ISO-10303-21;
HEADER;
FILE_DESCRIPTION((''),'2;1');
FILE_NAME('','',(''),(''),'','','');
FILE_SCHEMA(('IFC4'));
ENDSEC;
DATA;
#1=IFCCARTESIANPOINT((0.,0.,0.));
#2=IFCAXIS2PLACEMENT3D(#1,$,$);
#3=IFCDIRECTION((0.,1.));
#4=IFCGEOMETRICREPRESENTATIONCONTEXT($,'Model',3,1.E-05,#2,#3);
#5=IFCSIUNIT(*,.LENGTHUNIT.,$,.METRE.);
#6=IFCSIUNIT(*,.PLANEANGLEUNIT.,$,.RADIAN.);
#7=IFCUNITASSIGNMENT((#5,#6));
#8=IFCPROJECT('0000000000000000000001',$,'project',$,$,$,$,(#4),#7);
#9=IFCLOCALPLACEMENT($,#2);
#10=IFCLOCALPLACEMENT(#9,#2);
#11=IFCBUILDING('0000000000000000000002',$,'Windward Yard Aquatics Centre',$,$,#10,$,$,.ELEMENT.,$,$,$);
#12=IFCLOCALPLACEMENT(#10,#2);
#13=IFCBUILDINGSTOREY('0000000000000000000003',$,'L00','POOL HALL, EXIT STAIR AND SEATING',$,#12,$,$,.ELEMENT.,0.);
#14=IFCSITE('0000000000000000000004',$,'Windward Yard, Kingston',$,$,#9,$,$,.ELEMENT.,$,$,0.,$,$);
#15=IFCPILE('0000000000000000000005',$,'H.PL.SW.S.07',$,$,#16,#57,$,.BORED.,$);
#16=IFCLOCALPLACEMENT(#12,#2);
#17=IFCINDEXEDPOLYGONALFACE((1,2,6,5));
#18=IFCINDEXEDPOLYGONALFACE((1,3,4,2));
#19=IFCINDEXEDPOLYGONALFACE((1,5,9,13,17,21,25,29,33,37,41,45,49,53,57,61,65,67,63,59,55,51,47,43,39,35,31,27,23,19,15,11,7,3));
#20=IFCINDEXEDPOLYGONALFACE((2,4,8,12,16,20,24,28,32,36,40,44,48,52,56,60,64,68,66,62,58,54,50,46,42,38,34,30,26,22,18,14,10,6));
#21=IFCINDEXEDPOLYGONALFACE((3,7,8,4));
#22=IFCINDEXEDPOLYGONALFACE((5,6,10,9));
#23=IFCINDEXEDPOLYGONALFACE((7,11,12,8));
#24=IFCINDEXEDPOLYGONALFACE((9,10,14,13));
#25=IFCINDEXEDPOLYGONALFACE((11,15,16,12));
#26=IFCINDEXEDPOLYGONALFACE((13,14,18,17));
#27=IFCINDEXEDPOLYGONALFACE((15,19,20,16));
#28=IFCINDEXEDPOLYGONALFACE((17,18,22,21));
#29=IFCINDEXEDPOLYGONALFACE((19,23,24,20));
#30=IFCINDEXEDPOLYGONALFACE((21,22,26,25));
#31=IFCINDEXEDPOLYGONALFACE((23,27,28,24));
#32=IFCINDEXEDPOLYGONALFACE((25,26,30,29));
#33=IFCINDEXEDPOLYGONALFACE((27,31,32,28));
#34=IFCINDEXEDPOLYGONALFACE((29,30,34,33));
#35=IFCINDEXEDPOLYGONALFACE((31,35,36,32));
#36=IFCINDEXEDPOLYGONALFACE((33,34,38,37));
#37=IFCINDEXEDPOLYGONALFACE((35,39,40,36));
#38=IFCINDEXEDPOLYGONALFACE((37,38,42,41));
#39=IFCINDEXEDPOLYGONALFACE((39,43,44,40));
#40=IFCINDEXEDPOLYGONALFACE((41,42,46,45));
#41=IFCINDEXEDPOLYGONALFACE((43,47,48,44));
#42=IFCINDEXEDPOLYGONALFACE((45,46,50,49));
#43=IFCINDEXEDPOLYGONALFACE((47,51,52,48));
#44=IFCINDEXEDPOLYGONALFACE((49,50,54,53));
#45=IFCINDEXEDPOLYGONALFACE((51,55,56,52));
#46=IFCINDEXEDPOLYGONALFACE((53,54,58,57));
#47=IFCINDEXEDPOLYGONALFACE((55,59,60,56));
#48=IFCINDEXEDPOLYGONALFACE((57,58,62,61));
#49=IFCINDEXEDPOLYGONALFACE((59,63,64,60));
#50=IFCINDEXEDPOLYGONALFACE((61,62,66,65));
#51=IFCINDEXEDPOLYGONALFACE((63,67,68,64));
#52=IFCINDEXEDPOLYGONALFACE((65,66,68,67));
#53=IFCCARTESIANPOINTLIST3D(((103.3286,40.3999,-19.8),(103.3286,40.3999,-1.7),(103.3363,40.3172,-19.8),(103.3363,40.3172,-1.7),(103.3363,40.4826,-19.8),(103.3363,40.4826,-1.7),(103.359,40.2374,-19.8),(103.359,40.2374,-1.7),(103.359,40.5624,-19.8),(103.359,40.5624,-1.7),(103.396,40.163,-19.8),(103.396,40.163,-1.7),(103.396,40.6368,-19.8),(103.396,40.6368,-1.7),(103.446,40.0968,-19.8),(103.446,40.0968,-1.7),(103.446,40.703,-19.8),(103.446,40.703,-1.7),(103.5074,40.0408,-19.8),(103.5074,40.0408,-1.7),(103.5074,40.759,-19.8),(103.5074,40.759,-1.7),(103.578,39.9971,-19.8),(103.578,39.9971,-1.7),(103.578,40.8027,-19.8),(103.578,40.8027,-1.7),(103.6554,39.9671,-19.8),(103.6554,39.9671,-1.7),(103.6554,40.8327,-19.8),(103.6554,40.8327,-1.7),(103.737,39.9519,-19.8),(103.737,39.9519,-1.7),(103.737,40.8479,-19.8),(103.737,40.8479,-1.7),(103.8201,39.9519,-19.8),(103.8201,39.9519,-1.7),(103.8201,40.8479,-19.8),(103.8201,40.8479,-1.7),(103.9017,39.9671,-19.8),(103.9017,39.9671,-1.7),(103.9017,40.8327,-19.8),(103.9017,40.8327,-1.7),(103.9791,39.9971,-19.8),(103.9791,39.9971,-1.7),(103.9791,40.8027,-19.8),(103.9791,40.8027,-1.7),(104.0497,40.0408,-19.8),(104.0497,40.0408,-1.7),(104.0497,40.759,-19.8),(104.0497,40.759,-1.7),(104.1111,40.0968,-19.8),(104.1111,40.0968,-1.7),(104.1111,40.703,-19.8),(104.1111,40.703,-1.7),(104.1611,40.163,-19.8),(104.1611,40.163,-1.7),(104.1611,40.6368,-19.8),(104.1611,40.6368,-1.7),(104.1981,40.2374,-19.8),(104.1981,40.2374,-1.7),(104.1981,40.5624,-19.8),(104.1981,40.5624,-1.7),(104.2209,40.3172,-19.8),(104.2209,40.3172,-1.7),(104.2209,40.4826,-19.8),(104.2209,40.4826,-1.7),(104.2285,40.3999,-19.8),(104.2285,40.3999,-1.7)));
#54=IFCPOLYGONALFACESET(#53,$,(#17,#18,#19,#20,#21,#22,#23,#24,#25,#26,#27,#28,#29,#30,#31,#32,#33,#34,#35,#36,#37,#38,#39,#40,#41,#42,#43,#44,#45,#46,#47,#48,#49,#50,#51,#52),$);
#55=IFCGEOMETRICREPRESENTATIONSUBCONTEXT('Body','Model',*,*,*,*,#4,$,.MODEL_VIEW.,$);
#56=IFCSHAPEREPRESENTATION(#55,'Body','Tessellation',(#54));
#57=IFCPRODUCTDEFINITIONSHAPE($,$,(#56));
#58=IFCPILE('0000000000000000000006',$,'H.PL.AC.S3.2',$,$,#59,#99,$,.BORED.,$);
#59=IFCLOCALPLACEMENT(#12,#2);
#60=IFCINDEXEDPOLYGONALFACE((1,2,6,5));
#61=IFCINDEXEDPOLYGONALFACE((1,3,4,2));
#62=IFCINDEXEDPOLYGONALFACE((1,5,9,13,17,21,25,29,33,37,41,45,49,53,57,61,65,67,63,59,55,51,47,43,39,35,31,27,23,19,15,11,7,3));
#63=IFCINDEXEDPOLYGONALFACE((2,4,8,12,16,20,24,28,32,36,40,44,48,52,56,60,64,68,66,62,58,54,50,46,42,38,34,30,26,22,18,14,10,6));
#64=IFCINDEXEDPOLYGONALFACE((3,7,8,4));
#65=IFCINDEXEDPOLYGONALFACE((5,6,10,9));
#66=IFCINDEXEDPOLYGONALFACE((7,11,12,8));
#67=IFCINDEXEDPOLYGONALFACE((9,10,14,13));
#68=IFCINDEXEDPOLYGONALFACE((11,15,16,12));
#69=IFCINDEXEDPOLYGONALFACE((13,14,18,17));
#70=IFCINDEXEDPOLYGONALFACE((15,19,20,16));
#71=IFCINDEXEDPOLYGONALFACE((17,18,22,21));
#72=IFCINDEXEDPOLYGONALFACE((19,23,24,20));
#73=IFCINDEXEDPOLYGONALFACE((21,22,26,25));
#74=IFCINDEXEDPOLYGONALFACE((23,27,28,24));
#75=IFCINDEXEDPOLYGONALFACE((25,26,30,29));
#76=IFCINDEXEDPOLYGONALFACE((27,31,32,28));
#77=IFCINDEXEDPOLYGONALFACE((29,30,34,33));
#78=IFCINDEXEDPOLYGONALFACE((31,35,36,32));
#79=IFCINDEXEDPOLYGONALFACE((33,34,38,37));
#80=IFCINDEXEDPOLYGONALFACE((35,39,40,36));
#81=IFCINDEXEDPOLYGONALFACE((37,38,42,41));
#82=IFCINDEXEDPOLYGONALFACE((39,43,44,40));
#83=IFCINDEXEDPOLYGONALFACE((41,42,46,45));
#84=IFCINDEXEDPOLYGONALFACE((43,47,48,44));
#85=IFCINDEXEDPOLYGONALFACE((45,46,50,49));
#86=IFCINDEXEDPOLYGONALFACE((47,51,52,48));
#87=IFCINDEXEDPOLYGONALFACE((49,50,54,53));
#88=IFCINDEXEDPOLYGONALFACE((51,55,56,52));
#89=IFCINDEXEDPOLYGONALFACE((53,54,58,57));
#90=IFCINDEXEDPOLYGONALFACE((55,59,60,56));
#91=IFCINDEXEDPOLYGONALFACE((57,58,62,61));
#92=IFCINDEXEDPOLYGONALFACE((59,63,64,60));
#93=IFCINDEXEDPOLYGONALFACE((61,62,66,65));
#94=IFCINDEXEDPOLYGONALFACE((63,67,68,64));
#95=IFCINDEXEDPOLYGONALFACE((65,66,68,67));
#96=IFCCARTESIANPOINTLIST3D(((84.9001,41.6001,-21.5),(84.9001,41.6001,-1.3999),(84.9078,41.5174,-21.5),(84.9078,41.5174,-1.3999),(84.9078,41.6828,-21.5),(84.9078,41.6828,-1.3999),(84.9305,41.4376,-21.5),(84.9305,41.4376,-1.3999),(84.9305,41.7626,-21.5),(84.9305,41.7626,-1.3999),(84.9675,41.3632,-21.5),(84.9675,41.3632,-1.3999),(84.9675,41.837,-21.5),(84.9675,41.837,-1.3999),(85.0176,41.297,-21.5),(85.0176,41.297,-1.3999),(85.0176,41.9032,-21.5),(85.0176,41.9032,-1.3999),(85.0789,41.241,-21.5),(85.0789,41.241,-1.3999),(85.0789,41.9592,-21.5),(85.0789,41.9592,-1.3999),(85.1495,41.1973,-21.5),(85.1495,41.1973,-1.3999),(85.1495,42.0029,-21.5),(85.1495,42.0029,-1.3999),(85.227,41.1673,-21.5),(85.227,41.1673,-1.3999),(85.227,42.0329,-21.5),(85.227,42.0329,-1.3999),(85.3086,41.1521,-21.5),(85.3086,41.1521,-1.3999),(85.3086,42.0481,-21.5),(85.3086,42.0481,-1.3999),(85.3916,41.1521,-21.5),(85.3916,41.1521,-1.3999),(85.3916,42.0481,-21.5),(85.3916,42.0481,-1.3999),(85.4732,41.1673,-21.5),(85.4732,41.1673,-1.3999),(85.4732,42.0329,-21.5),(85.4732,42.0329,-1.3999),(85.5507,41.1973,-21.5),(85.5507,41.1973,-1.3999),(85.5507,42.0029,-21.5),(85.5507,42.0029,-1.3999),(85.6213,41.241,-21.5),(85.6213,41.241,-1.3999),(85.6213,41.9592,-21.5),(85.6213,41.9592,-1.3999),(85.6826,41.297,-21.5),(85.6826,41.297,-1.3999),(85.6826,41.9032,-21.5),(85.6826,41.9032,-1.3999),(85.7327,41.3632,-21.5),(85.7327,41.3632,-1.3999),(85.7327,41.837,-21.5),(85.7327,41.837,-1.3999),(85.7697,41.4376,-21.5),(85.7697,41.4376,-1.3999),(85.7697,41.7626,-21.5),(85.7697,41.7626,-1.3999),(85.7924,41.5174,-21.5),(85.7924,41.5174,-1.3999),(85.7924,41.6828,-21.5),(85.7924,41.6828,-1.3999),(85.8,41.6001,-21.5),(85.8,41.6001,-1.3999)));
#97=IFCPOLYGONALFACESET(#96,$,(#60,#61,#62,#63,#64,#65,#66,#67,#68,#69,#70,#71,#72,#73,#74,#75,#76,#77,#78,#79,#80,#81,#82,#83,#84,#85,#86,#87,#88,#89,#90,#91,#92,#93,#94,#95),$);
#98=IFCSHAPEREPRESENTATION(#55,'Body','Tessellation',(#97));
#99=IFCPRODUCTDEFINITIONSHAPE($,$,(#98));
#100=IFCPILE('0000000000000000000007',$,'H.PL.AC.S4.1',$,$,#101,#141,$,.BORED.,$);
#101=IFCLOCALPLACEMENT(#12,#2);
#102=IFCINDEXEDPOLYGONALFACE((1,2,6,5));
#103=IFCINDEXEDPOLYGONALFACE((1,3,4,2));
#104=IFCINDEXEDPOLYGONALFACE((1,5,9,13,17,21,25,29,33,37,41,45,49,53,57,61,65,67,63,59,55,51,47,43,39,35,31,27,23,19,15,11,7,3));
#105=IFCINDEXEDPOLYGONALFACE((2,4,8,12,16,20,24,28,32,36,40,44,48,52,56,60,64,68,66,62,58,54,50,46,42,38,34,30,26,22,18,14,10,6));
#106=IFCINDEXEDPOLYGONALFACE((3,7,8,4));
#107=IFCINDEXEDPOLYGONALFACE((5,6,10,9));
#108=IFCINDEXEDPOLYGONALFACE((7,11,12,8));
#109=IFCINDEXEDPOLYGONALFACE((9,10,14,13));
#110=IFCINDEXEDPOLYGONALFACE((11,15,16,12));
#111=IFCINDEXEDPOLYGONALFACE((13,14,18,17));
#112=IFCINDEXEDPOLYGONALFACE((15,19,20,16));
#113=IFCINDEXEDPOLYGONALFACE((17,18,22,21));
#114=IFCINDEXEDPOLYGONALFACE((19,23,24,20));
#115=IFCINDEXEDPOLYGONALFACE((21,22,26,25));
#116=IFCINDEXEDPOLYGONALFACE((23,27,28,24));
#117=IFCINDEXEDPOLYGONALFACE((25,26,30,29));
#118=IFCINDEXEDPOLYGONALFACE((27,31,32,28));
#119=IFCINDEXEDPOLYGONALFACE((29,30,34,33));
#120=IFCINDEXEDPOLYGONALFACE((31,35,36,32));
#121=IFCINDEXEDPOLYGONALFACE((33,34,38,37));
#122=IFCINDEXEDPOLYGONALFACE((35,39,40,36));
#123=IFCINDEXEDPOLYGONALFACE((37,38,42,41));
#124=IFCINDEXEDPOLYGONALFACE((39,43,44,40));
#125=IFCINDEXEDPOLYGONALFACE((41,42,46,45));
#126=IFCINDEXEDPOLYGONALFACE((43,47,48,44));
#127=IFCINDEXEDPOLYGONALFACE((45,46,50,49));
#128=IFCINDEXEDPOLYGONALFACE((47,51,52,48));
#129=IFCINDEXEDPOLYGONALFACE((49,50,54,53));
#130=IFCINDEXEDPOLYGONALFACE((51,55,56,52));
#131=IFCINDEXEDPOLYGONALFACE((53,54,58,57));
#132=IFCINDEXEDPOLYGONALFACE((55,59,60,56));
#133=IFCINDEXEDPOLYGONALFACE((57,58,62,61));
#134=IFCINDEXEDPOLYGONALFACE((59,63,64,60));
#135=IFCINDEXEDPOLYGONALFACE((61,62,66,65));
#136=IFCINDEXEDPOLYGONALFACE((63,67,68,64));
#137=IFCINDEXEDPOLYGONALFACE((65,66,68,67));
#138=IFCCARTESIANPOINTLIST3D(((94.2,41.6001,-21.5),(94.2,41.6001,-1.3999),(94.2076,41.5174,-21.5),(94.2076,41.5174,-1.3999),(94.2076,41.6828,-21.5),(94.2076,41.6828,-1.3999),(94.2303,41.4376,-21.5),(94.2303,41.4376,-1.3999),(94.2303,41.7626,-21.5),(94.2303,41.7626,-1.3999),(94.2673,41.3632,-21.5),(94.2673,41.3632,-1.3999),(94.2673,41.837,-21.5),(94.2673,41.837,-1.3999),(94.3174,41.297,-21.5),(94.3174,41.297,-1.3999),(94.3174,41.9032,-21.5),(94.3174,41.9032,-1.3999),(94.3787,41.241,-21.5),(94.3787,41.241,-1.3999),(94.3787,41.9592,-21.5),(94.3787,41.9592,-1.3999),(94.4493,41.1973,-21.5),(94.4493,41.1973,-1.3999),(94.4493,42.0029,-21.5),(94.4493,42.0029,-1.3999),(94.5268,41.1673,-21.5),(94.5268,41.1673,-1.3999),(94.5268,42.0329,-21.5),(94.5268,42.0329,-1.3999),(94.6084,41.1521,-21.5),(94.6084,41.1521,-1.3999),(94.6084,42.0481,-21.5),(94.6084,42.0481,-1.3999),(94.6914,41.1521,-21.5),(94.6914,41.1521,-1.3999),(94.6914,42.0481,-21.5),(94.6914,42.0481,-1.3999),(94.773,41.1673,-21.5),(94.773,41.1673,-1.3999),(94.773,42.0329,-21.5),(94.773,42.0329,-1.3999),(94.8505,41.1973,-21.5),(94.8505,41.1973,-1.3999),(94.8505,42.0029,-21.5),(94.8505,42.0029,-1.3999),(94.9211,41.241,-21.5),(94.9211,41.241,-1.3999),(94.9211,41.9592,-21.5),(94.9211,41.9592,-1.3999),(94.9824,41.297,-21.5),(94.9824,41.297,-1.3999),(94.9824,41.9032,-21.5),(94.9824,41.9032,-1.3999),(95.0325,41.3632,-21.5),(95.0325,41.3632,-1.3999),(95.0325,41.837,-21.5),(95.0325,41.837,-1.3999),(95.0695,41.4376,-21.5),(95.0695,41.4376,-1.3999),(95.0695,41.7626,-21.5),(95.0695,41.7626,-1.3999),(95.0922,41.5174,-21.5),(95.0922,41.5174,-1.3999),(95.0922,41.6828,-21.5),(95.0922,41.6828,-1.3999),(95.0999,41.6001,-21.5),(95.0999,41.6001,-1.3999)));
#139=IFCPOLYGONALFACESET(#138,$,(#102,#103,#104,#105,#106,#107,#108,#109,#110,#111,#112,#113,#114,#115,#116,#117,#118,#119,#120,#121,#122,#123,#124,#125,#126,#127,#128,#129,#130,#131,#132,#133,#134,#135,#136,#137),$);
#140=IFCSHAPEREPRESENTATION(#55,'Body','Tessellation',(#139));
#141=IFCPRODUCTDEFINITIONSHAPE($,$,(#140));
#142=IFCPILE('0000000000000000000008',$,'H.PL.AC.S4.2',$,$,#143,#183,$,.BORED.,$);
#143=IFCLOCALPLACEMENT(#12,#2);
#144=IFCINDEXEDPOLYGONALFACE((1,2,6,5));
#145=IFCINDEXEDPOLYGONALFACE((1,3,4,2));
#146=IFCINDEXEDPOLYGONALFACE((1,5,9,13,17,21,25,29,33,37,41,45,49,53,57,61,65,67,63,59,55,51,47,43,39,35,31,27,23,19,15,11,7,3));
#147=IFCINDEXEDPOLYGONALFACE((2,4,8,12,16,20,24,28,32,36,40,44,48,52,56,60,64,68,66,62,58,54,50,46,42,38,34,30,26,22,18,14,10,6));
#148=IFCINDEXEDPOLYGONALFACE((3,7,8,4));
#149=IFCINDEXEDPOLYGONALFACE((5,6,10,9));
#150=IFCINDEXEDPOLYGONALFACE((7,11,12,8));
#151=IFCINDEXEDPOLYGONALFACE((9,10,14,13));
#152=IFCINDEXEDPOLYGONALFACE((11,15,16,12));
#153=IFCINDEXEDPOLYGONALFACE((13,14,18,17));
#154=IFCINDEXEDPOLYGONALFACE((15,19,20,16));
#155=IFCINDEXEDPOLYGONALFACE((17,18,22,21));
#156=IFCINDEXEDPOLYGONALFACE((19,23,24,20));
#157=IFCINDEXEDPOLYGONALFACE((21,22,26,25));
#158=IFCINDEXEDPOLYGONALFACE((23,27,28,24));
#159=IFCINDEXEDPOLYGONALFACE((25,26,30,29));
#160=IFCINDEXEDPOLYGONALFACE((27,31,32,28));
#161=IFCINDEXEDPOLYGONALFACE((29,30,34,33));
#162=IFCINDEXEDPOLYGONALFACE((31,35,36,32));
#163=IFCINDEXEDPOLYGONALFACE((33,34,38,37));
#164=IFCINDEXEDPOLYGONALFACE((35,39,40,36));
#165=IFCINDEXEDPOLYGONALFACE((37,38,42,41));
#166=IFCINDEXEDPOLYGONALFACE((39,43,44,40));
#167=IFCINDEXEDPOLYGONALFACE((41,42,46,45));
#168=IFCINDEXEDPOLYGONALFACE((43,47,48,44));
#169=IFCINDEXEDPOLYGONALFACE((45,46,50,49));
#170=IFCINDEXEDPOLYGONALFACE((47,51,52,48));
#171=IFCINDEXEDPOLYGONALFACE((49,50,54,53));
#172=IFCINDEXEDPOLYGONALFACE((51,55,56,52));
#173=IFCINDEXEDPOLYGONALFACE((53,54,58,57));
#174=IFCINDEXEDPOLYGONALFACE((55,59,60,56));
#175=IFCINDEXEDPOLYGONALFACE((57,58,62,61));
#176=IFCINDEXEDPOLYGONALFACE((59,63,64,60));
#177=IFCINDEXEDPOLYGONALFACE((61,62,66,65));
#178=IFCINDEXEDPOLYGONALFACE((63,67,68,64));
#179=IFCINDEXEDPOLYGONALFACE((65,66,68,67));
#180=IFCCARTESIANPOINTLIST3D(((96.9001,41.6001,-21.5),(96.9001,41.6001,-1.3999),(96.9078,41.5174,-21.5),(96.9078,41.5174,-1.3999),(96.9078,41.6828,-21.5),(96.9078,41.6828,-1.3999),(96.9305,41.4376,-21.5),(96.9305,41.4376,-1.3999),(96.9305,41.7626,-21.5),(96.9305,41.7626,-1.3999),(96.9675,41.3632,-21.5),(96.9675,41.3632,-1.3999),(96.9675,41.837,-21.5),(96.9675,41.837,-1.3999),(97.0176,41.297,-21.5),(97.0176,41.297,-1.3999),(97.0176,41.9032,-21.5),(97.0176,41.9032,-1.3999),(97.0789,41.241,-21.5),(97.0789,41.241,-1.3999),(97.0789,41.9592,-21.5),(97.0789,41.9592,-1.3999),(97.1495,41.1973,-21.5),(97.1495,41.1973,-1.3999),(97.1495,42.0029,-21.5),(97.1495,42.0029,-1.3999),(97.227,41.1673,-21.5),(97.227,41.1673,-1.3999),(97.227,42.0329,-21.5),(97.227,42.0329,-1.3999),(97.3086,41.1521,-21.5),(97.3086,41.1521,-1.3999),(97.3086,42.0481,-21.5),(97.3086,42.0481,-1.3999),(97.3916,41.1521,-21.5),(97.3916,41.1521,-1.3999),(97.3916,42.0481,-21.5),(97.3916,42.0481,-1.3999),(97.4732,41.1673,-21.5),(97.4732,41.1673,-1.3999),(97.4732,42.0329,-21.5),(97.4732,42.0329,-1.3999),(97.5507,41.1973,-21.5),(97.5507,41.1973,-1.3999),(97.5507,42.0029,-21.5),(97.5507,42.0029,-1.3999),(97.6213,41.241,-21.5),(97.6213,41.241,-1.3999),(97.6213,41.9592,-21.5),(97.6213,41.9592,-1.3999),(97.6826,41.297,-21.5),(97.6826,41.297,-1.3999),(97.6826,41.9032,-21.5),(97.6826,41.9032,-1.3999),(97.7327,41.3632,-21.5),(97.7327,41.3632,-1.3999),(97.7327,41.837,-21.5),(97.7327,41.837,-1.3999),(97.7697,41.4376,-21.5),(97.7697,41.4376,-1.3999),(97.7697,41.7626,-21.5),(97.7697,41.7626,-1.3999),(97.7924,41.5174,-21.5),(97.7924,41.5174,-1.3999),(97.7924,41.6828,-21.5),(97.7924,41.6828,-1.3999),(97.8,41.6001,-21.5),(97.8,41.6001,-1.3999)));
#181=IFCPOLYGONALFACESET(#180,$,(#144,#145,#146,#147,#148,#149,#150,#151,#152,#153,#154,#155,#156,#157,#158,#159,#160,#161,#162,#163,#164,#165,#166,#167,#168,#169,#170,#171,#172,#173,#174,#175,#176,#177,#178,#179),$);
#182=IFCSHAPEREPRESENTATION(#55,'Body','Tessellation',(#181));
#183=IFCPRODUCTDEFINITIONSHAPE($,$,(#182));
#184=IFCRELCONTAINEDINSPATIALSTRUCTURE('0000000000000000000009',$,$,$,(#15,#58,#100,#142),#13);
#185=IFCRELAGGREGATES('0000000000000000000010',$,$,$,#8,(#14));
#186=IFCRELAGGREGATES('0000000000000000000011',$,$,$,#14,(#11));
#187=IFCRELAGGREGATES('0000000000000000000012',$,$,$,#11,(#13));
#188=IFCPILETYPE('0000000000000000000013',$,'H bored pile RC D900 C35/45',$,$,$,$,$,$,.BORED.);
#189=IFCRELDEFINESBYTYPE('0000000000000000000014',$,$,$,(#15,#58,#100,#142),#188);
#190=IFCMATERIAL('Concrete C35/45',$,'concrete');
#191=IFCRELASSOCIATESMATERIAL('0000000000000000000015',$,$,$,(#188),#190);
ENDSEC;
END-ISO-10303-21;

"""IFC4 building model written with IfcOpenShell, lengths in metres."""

from ifc_helpers import new_model, si_unit, direction, frame, origin, origin_2d, place, context, subcontext, project, spatial, circle, extrude, material, material_profile, profile_set, type_object, element, save


model = new_model("IFC4")

# Units and contexts
model_context = context("Model", 3, precision=1e-05, world=origin(), true_north=direction((0.0, 1.0)))
body_context = subcontext(model_context, "Body", "Model", "MODEL_VIEW")
ifc_project = project(units=[si_unit("LENGTHUNIT", "METRE"), si_unit("PLANEANGLEUNIT", "RADIAN")], contexts=[model_context])

# Site, building, storey
site_placement = place(None, origin())
site = spatial("IfcSite", under=ifc_project, at=site_placement, Name="Windward Yard, Kingston", CompositionType="ELEMENT", RefElevation=0.0)
building_placement = place(site_placement, origin())
building = spatial("IfcBuilding", under=site, at=building_placement, Name="Windward Yard Aquatics Centre", CompositionType="ELEMENT")
storey_placement = place(building_placement, origin())
storey = spatial("IfcBuildingStorey", under=building, at=storey_placement, Name="L00", Description="POOL HALL, EXIT STAIR AND SEATING", CompositionType="ELEMENT", Elevation=0.0)

# Piles
ifc_material_1 = material(Name="Concrete C35/45", Category="concrete")
ifc_material_profile_1 = material_profile(ifc_material_1, circle(Radius=0.45, at=origin_2d()), Name="RC D900")
ifc_profile_set_1 = profile_set([ifc_material_profile_1], Name="Concrete C35/45")
pile_type = type_object("IfcPileType", Name="H bored pile RC D900 C35/45", PredefinedType="BORED", material=ifc_profile_set_1)
pile_placement = place(storey_placement, frame((103.7786, 40.3999, -1.7), z_axis=(0.0, 0.0, -1.0), x_axis=(1.0, 0.0, 0.0)))
element("IfcPile", 1, at=pile_placement, inside=storey, type_object=pile_type, Name="H.PL.SW.S.07", PredefinedType="BORED", context=body_context, shape_type="SweptSolid", body=[
    extrude(circle(Radius=0.45, at=origin_2d()), origin(), (0.0, 0.0, 1.0), 18.1001),
])
for number, where, z_axis, x_axis, name in (
    (2, (85.3501, 41.6001, -1.3999), (0.0, 0.0, -1.0), (1.0, 0.0, 0.0), "H.PL.AC.S3.2"),
    (3, (94.6499, 41.6001, -1.3999), (0.0, 0.0, -1.0), (1.0, 0.0, 0.0), "H.PL.AC.S4.1"),
    (4, (97.3501, 41.6001, -1.3999), (0.0, 0.0, -1.0), (1.0, 0.0, 0.0), "H.PL.AC.S4.2"),
):
    element("IfcPile", number, at=place(storey_placement, frame(where, z_axis=z_axis, x_axis=x_axis)), inside=storey, type_object=pile_type, Name=name, PredefinedType="BORED", context=body_context, shape_type="SweptSolid", body=[
        extrude(circle(Radius=0.45, at=origin_2d()), origin(), (0.0, 0.0, 1.0), 20.1001),
    ])

save(model, "model.ifc")
